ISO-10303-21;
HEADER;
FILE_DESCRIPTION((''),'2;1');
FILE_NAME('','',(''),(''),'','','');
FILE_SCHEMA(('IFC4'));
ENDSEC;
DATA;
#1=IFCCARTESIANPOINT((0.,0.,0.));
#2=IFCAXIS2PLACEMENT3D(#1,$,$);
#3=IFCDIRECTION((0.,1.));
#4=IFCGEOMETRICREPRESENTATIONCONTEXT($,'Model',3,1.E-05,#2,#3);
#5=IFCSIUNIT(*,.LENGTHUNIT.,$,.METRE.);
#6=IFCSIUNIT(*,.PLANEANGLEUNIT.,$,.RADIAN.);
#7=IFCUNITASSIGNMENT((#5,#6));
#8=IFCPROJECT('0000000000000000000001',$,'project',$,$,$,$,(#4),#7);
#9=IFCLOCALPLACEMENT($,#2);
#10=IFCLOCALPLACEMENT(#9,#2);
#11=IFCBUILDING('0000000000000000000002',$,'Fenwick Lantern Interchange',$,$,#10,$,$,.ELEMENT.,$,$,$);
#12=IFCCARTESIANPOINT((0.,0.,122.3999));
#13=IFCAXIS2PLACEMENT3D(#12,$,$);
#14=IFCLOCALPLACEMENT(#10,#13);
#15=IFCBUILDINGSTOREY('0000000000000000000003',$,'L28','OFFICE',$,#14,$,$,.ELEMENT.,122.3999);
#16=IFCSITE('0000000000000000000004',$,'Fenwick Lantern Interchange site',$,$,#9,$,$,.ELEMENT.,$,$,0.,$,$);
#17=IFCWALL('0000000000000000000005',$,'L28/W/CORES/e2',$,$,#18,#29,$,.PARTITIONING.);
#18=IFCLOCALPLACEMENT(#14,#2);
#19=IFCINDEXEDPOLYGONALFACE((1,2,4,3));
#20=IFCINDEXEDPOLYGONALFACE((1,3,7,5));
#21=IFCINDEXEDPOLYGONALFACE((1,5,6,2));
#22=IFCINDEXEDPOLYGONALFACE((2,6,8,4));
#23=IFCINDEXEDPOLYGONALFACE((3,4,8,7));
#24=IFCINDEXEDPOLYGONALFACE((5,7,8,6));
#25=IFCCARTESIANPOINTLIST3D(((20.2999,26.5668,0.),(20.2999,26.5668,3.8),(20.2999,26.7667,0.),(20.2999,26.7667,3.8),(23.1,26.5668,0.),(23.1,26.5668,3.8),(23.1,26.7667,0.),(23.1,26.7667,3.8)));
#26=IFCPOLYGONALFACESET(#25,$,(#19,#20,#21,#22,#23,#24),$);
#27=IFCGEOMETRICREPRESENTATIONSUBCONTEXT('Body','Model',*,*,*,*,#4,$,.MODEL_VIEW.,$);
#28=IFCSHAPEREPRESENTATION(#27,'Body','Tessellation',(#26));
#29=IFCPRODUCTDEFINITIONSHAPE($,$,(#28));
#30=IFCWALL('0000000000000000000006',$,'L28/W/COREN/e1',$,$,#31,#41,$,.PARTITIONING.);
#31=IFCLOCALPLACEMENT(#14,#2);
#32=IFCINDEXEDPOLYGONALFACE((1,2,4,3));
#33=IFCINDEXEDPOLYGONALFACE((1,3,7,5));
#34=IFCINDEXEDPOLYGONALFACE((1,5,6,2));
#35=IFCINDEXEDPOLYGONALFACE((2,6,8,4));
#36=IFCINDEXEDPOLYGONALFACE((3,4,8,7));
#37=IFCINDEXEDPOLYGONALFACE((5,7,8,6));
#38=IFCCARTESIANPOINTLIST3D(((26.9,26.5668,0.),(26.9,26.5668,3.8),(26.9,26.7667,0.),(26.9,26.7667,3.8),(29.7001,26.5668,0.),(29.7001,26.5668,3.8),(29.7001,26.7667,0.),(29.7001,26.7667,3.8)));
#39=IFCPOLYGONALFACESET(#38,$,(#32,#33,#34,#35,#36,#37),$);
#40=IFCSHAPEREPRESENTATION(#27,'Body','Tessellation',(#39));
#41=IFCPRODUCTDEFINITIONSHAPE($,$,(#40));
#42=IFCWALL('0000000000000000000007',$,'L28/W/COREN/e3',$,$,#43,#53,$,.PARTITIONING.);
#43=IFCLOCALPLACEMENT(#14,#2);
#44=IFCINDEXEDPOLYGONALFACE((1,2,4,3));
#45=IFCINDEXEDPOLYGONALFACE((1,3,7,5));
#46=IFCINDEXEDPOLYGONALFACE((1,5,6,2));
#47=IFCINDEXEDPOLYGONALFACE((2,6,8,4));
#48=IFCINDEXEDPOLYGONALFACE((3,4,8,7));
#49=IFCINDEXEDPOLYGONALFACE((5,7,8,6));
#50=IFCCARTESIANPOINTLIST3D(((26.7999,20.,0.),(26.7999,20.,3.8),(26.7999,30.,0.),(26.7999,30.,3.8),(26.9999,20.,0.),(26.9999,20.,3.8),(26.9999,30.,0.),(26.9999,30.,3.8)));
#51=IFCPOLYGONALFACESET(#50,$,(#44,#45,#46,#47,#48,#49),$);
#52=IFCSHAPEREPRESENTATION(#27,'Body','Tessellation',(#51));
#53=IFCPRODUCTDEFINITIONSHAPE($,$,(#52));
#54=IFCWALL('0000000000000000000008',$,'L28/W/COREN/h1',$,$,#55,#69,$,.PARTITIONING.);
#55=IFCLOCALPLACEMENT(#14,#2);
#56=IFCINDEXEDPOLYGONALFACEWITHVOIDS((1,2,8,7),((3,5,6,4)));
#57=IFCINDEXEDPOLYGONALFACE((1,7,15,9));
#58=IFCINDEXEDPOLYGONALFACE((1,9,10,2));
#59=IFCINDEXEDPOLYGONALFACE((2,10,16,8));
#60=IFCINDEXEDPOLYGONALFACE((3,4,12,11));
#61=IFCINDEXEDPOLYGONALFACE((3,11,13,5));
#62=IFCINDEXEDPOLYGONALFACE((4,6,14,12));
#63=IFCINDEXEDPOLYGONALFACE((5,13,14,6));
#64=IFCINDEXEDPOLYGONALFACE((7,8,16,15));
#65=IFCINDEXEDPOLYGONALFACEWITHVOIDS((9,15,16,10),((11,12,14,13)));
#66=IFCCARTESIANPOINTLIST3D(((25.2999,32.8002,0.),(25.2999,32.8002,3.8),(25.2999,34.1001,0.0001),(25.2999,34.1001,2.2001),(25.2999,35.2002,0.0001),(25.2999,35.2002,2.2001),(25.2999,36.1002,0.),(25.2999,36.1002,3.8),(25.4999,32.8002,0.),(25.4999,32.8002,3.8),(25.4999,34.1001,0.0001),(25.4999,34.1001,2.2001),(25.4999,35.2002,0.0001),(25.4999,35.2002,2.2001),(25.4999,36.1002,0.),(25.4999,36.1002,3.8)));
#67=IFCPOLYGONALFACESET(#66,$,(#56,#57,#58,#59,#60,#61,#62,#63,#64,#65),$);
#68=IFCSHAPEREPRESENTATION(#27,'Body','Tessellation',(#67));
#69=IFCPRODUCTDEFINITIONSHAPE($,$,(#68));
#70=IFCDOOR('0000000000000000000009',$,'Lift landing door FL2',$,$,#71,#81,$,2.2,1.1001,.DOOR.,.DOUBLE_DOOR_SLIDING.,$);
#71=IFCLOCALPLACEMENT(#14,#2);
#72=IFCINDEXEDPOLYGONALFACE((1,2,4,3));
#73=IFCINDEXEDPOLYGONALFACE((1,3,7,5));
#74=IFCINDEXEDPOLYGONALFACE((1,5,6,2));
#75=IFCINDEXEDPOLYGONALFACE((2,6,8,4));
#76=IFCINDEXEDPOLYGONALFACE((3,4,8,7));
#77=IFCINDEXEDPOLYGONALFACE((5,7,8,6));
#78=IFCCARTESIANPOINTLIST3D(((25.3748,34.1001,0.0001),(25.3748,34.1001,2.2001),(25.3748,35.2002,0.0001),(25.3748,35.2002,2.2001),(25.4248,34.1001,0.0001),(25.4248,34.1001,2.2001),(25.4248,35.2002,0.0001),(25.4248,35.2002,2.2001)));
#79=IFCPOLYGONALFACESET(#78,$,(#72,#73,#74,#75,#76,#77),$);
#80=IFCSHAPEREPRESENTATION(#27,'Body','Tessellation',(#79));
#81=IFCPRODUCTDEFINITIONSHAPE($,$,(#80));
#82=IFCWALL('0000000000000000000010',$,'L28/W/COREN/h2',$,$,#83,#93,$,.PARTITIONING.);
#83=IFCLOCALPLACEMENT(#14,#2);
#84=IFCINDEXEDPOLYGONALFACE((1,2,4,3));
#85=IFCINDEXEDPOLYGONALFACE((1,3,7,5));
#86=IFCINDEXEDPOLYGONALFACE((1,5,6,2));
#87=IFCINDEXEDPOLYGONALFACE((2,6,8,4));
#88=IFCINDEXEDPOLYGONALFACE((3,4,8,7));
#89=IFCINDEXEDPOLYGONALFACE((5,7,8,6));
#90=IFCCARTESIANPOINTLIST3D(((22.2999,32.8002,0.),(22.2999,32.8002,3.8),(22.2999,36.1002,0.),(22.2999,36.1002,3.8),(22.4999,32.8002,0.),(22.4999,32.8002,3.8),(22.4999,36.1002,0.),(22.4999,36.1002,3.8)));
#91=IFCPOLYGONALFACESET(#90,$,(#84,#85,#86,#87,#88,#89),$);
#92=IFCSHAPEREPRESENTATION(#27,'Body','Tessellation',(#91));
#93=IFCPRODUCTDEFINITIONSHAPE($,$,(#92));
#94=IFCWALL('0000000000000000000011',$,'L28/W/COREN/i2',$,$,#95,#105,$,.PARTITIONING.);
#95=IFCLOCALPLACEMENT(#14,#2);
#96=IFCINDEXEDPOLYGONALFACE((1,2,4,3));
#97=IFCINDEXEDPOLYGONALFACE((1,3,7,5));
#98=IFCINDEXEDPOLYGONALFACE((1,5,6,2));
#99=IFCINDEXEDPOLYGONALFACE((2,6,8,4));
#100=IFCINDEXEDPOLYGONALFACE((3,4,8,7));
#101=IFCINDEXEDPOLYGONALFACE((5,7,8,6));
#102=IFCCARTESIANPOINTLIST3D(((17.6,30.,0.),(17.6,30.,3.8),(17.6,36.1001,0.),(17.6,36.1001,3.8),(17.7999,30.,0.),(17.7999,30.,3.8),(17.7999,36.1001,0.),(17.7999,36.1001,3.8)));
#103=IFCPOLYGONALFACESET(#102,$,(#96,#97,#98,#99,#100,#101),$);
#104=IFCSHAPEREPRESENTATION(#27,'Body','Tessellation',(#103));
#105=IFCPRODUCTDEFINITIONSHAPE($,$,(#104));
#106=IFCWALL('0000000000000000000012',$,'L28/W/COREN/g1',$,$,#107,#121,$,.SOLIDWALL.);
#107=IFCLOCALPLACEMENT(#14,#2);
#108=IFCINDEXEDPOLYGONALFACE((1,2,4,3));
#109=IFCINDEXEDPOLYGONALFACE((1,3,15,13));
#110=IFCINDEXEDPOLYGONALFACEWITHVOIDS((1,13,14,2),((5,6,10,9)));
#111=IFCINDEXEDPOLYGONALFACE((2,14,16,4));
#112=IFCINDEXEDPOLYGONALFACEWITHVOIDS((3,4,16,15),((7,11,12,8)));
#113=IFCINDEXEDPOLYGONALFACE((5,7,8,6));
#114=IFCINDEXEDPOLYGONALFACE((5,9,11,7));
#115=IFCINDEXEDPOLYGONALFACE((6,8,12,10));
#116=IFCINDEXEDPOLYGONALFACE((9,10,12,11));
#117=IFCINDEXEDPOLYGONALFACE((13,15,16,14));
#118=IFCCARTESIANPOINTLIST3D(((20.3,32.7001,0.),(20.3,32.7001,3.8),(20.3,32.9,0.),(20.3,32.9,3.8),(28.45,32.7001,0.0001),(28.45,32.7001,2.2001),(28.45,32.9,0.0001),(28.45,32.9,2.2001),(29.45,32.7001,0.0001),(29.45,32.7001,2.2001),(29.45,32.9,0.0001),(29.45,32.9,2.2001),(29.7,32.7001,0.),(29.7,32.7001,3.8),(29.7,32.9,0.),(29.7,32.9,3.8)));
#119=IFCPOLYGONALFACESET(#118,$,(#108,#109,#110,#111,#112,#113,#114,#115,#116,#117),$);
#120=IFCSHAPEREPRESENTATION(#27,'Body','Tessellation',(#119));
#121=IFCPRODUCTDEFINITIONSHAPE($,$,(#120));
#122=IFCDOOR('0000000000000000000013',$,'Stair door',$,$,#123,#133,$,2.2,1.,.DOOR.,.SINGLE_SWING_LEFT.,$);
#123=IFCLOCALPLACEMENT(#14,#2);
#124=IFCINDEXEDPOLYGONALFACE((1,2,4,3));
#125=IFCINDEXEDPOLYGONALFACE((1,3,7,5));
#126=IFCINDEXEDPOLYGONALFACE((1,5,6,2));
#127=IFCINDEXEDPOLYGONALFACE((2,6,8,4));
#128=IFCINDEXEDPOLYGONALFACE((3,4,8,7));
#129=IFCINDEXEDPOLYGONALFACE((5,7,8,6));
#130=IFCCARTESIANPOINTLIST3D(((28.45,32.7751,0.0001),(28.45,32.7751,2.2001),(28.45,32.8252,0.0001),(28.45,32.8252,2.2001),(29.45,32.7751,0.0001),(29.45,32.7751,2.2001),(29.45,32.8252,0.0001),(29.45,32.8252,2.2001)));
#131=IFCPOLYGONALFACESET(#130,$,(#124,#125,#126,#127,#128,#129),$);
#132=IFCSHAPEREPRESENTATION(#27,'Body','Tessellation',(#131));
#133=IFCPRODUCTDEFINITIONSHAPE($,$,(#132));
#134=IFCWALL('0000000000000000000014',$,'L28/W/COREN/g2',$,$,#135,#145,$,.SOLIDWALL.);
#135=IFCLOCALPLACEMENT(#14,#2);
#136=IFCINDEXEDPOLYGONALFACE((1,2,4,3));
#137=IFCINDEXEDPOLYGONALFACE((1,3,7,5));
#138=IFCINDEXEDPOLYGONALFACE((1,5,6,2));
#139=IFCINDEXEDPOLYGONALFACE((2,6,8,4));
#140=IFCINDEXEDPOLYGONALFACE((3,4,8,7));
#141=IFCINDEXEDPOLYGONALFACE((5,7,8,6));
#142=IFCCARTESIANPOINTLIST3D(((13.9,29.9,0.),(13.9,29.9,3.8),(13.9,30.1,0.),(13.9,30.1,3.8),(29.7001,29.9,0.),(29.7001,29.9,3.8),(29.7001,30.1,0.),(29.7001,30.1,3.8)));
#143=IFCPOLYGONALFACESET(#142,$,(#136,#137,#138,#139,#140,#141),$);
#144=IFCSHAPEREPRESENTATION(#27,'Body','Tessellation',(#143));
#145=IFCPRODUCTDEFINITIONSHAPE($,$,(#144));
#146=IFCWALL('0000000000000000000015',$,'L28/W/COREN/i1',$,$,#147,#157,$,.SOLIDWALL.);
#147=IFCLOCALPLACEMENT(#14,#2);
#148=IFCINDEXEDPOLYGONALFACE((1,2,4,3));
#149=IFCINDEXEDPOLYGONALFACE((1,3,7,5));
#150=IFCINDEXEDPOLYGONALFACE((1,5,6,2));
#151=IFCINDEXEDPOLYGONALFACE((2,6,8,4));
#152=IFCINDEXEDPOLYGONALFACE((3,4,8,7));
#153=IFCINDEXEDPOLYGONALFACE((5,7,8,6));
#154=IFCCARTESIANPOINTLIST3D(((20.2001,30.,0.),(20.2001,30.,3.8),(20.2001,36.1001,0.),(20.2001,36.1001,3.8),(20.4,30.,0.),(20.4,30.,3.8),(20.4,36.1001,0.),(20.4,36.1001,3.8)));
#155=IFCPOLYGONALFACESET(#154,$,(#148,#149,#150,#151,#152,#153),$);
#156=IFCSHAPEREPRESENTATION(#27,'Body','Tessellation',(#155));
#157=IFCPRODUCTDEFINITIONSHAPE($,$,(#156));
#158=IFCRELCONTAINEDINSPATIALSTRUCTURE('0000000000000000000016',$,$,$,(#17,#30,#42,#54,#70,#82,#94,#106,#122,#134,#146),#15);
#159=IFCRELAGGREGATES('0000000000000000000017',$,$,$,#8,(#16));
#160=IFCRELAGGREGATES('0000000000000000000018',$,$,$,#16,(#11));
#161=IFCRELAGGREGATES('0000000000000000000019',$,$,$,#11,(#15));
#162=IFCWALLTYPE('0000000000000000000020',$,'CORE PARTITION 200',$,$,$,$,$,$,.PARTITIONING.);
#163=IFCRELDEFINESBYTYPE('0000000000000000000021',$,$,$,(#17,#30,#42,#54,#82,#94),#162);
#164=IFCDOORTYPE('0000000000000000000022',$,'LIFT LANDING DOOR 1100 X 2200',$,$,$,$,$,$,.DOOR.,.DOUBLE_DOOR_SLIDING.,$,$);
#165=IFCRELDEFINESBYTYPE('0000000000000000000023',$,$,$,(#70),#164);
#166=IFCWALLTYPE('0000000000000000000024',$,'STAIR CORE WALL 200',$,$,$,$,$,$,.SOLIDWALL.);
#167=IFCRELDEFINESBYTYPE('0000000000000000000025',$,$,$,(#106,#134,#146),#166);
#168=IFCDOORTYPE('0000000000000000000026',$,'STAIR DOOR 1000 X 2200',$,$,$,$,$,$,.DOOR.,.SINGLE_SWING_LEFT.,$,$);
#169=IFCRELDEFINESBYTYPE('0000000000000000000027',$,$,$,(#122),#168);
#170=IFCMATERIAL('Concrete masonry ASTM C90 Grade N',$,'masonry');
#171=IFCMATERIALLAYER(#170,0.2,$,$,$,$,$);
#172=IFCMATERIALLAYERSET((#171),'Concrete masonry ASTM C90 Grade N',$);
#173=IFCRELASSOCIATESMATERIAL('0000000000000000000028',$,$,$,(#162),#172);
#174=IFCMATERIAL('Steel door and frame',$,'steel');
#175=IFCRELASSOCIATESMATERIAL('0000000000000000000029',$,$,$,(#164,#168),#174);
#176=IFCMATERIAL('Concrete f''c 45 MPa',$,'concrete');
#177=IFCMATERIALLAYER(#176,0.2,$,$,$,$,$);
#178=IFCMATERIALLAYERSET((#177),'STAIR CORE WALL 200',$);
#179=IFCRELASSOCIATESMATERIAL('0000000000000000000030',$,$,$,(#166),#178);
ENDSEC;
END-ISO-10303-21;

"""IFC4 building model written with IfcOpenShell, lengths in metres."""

from ifc_helpers import new_model, si_unit, direction, frame, frame_2d, origin, place, context, subcontext, project, spatial, rectangle, extrude, material, layer, layer_set, type_object, element, fill, save


model = new_model("IFC4")

# Units and contexts
model_context = context("Model", 3, precision=1e-05, world=origin(), true_north=direction((0.0, 1.0)))
body_context = subcontext(model_context, "Body", "Model", "MODEL_VIEW")
ifc_project = project(units=[si_unit("LENGTHUNIT", "METRE"), si_unit("PLANEANGLEUNIT", "RADIAN")], contexts=[model_context])

# Site, building, storey
site_placement = place(None, origin())
site = spatial("IfcSite", under=ifc_project, at=site_placement, Name="Fenwick Lantern Interchange site", CompositionType="ELEMENT", RefElevation=0.0)
building_placement = place(site_placement, origin())
building = spatial("IfcBuilding", under=site, at=building_placement, Name="Fenwick Lantern Interchange", CompositionType="ELEMENT")
storey_placement = place(building_placement, frame((0.0, 0.0, 122.3999)))
storey = spatial("IfcBuildingStorey", under=building, at=storey_placement, Name="L28", Description="OFFICE", CompositionType="ELEMENT", Elevation=122.3999)

# Walls
ifc_material_1 = material(Name="Concrete masonry ASTM C90 Grade N", Category="masonry")
ifc_layer_1 = layer(ifc_material_1, 0.2)
ifc_layer_set_1 = layer_set([ifc_layer_1], Name="Concrete masonry ASTM C90 Grade N")
wall_type_1 = type_object("IfcWallType", Name="CORE PARTITION 200", PredefinedType="PARTITIONING", material=ifc_layer_set_1)
for number, where, z_axis, x_axis, name in (
    (1, (20.3, 26.6667, 0.0), (0.0, 0.0, 1.0), (1.0, 0.0, 0.0), "L28/W/CORES/e2"),
    (2, (29.7, 26.6667, 0.0), (0.0, 0.0, 1.0), (-1.0, 0.0, 0.0), "L28/W/COREN/e1"),
):
    element("IfcWall", number, at=place(storey_placement, frame(where, z_axis=z_axis, x_axis=x_axis)), inside=storey, type_object=wall_type_1, Name=name, PredefinedType="PARTITIONING", context=body_context, shape_type="SweptSolid", body=[
        extrude(rectangle(XDim=2.8, YDim=0.2, at=frame_2d((1.3999, 0.0))), origin(), (0.0, 0.0, 1.0), 3.8),
    ])
wall_1_placement = place(storey_placement, frame((26.8999, 30.0, 0.0), z_axis=(0.0, 0.0, 1.0), x_axis=(0.0, -1.0, 0.0)))
element("IfcWall", 3, at=wall_1_placement, inside=storey, type_object=wall_type_1, Name="L28/W/COREN/e3", PredefinedType="PARTITIONING", context=body_context, shape_type="SweptSolid", body=[
    extrude(rectangle(XDim=10.0, YDim=0.2, at=frame_2d((5.0, 0.0))), origin(), (0.0, 0.0, 1.0), 3.8),
])

# Wall, opening, door
wall_2_placement = place(storey_placement, frame((25.3999, 36.1001, 0.0), z_axis=(0.0, 0.0, 1.0), x_axis=(0.0, -1.0, 0.0)))
wall_2 = element("IfcWall", 4, at=wall_2_placement, inside=storey, type_object=wall_type_1, Name="L28/W/COREN/h1", PredefinedType="PARTITIONING", context=body_context, shape_type="SweptSolid", body=[
    extrude(rectangle(XDim=3.3, YDim=0.2, at=frame_2d((1.6499, 0.0))), origin(), (0.0, 0.0, 1.0), 3.8),
])
opening_1_placement = place(wall_2_placement, frame((0.8999, 0.0, 0.0)))
opening_1 = element("IfcOpeningElement", 5, at=opening_1_placement, cuts=wall_2, PredefinedType="OPENING", context=body_context, shape_type="SweptSolid", body=[
    extrude(rectangle(XDim=1.1001, YDim=2.2, at=frame_2d((0.55, 1.1001))), frame((0.0, 0.1099, 0.0), z_axis=(0.0, -1.0, 0.0), x_axis=(1.0, 0.0, 0.0)), (0.0, 0.0, 1.0), 0.22),
])
ifc_material_2 = material(Name="Steel door and frame", Category="steel")
door_type_1 = type_object("IfcDoorType", Name="LIFT LANDING DOOR 1100 X 2200", OperationType="DOUBLE_DOOR_SLIDING", PredefinedType="DOOR", material=ifc_material_2)
door_1_placement = place(opening_1_placement, origin())
door_1 = element("IfcDoor", 6, at=door_1_placement, inside=storey, type_object=door_type_1, Name="Lift landing door FL2", OperationType="DOUBLE_DOOR_SLIDING", OverallHeight=2.2, OverallWidth=1.1001, PredefinedType="DOOR", context=body_context, shape_type="SweptSolid", body=[
    extrude(rectangle(XDim=1.1001, YDim=2.2, at=frame_2d((0.55, 1.1001))), frame((0.0, 0.0249, 0.0), z_axis=(0.0, -1.0, 0.0), x_axis=(1.0, 0.0, 0.0)), (0.0, 0.0, 1.0), 0.05),
])
fill(opening_1, door_1)

# Walls
wall_3_placement = place(storey_placement, frame((22.3999, 36.1001, 0.0), z_axis=(0.0, 0.0, 1.0), x_axis=(0.0, -1.0, 0.0)))
element("IfcWall", 7, at=wall_3_placement, inside=storey, type_object=wall_type_1, Name="L28/W/COREN/h2", PredefinedType="PARTITIONING", context=body_context, shape_type="SweptSolid", body=[
    extrude(rectangle(XDim=3.3, YDim=0.2, at=frame_2d((1.6499, 0.0))), origin(), (0.0, 0.0, 1.0), 3.8),
])
wall_4_placement = place(storey_placement, frame((17.7, 36.1001, 0.0), z_axis=(0.0, 0.0, 1.0), x_axis=(0.0, -1.0, 0.0)))
element("IfcWall", 8, at=wall_4_placement, inside=storey, type_object=wall_type_1, Name="L28/W/COREN/i2", PredefinedType="PARTITIONING", context=body_context, shape_type="SweptSolid", body=[
    extrude(rectangle(XDim=6.1001, YDim=0.2, at=frame_2d((3.05, 0.0))), origin(), (0.0, 0.0, 1.0), 3.8),
])

# Wall, opening, door
ifc_material_3 = material(Name="Concrete f'c 45 MPa", Category="concrete")
ifc_layer_2 = layer(ifc_material_3, 0.2)
ifc_layer_set_2 = layer_set([ifc_layer_2], Name="STAIR CORE WALL 200")
wall_type_2 = type_object("IfcWallType", Name="STAIR CORE WALL 200", PredefinedType="SOLIDWALL", material=ifc_layer_set_2)
wall_5_placement = place(storey_placement, frame((29.7, 32.8, 0.0), z_axis=(0.0, 0.0, 1.0), x_axis=(-1.0, 0.0, 0.0)))
wall_5 = element("IfcWall", 9, at=wall_5_placement, inside=storey, type_object=wall_type_2, Name="L28/W/COREN/g1", PredefinedType="SOLIDWALL", context=body_context, shape_type="SweptSolid", body=[
    extrude(rectangle(XDim=9.3999, YDim=0.2, at=frame_2d((4.7, 0.0))), origin(), (0.0, 0.0, 1.0), 3.8),
])
opening_2_placement = place(wall_5_placement, frame((0.25, 0.0, 0.0)))
opening_2 = element("IfcOpeningElement", 10, at=opening_2_placement, cuts=wall_5, PredefinedType="OPENING", context=body_context, shape_type="SweptSolid", body=[
    extrude(rectangle(XDim=1.0, YDim=2.2, at=frame_2d((0.5, 1.1001))), frame((0.0, 0.1099, 0.0), z_axis=(0.0, -1.0, 0.0), x_axis=(1.0, 0.0, 0.0)), (0.0, 0.0, 1.0), 0.22),
])
door_type_2 = type_object("IfcDoorType", Name="STAIR DOOR 1000 X 2200", OperationType="SINGLE_SWING_LEFT", PredefinedType="DOOR", material=ifc_material_2)
door_2_placement = place(opening_2_placement, origin())
door_2 = element("IfcDoor", 11, at=door_2_placement, inside=storey, type_object=door_type_2, Name="Stair door", OperationType="SINGLE_SWING_LEFT", OverallHeight=2.2, OverallWidth=1.0, PredefinedType="DOOR", context=body_context, shape_type="SweptSolid", body=[
    extrude(rectangle(XDim=1.0, YDim=2.2, at=frame_2d((0.5, 1.1001))), frame((0.0, 0.0249, 0.0), z_axis=(0.0, -1.0, 0.0), x_axis=(1.0, 0.0, 0.0)), (0.0, 0.0, 1.0), 0.05),
])
fill(opening_2, door_2)

# Walls
wall_6_placement = place(storey_placement, frame((29.7, 30.0, 0.0), z_axis=(0.0, 0.0, 1.0), x_axis=(-1.0, 0.0, 0.0)))
element("IfcWall", 12, at=wall_6_placement, inside=storey, type_object=wall_type_2, Name="L28/W/COREN/g2", PredefinedType="SOLIDWALL", context=body_context, shape_type="SweptSolid", body=[
    extrude(rectangle(XDim=15.8, YDim=0.2, at=frame_2d((7.8999, 0.0))), origin(), (0.0, 0.0, 1.0), 3.8),
])
wall_7_placement = place(storey_placement, frame((20.3, 36.1001, 0.0), z_axis=(0.0, 0.0, 1.0), x_axis=(0.0, -1.0, 0.0)))
element("IfcWall", 13, at=wall_7_placement, inside=storey, type_object=wall_type_2, Name="L28/W/COREN/i1", PredefinedType="SOLIDWALL", context=body_context, shape_type="SweptSolid", body=[
    extrude(rectangle(XDim=6.1001, YDim=0.2, at=frame_2d((3.05, 0.0))), origin(), (0.0, 0.0, 1.0), 3.8),
])

save(model, "model.ifc")
